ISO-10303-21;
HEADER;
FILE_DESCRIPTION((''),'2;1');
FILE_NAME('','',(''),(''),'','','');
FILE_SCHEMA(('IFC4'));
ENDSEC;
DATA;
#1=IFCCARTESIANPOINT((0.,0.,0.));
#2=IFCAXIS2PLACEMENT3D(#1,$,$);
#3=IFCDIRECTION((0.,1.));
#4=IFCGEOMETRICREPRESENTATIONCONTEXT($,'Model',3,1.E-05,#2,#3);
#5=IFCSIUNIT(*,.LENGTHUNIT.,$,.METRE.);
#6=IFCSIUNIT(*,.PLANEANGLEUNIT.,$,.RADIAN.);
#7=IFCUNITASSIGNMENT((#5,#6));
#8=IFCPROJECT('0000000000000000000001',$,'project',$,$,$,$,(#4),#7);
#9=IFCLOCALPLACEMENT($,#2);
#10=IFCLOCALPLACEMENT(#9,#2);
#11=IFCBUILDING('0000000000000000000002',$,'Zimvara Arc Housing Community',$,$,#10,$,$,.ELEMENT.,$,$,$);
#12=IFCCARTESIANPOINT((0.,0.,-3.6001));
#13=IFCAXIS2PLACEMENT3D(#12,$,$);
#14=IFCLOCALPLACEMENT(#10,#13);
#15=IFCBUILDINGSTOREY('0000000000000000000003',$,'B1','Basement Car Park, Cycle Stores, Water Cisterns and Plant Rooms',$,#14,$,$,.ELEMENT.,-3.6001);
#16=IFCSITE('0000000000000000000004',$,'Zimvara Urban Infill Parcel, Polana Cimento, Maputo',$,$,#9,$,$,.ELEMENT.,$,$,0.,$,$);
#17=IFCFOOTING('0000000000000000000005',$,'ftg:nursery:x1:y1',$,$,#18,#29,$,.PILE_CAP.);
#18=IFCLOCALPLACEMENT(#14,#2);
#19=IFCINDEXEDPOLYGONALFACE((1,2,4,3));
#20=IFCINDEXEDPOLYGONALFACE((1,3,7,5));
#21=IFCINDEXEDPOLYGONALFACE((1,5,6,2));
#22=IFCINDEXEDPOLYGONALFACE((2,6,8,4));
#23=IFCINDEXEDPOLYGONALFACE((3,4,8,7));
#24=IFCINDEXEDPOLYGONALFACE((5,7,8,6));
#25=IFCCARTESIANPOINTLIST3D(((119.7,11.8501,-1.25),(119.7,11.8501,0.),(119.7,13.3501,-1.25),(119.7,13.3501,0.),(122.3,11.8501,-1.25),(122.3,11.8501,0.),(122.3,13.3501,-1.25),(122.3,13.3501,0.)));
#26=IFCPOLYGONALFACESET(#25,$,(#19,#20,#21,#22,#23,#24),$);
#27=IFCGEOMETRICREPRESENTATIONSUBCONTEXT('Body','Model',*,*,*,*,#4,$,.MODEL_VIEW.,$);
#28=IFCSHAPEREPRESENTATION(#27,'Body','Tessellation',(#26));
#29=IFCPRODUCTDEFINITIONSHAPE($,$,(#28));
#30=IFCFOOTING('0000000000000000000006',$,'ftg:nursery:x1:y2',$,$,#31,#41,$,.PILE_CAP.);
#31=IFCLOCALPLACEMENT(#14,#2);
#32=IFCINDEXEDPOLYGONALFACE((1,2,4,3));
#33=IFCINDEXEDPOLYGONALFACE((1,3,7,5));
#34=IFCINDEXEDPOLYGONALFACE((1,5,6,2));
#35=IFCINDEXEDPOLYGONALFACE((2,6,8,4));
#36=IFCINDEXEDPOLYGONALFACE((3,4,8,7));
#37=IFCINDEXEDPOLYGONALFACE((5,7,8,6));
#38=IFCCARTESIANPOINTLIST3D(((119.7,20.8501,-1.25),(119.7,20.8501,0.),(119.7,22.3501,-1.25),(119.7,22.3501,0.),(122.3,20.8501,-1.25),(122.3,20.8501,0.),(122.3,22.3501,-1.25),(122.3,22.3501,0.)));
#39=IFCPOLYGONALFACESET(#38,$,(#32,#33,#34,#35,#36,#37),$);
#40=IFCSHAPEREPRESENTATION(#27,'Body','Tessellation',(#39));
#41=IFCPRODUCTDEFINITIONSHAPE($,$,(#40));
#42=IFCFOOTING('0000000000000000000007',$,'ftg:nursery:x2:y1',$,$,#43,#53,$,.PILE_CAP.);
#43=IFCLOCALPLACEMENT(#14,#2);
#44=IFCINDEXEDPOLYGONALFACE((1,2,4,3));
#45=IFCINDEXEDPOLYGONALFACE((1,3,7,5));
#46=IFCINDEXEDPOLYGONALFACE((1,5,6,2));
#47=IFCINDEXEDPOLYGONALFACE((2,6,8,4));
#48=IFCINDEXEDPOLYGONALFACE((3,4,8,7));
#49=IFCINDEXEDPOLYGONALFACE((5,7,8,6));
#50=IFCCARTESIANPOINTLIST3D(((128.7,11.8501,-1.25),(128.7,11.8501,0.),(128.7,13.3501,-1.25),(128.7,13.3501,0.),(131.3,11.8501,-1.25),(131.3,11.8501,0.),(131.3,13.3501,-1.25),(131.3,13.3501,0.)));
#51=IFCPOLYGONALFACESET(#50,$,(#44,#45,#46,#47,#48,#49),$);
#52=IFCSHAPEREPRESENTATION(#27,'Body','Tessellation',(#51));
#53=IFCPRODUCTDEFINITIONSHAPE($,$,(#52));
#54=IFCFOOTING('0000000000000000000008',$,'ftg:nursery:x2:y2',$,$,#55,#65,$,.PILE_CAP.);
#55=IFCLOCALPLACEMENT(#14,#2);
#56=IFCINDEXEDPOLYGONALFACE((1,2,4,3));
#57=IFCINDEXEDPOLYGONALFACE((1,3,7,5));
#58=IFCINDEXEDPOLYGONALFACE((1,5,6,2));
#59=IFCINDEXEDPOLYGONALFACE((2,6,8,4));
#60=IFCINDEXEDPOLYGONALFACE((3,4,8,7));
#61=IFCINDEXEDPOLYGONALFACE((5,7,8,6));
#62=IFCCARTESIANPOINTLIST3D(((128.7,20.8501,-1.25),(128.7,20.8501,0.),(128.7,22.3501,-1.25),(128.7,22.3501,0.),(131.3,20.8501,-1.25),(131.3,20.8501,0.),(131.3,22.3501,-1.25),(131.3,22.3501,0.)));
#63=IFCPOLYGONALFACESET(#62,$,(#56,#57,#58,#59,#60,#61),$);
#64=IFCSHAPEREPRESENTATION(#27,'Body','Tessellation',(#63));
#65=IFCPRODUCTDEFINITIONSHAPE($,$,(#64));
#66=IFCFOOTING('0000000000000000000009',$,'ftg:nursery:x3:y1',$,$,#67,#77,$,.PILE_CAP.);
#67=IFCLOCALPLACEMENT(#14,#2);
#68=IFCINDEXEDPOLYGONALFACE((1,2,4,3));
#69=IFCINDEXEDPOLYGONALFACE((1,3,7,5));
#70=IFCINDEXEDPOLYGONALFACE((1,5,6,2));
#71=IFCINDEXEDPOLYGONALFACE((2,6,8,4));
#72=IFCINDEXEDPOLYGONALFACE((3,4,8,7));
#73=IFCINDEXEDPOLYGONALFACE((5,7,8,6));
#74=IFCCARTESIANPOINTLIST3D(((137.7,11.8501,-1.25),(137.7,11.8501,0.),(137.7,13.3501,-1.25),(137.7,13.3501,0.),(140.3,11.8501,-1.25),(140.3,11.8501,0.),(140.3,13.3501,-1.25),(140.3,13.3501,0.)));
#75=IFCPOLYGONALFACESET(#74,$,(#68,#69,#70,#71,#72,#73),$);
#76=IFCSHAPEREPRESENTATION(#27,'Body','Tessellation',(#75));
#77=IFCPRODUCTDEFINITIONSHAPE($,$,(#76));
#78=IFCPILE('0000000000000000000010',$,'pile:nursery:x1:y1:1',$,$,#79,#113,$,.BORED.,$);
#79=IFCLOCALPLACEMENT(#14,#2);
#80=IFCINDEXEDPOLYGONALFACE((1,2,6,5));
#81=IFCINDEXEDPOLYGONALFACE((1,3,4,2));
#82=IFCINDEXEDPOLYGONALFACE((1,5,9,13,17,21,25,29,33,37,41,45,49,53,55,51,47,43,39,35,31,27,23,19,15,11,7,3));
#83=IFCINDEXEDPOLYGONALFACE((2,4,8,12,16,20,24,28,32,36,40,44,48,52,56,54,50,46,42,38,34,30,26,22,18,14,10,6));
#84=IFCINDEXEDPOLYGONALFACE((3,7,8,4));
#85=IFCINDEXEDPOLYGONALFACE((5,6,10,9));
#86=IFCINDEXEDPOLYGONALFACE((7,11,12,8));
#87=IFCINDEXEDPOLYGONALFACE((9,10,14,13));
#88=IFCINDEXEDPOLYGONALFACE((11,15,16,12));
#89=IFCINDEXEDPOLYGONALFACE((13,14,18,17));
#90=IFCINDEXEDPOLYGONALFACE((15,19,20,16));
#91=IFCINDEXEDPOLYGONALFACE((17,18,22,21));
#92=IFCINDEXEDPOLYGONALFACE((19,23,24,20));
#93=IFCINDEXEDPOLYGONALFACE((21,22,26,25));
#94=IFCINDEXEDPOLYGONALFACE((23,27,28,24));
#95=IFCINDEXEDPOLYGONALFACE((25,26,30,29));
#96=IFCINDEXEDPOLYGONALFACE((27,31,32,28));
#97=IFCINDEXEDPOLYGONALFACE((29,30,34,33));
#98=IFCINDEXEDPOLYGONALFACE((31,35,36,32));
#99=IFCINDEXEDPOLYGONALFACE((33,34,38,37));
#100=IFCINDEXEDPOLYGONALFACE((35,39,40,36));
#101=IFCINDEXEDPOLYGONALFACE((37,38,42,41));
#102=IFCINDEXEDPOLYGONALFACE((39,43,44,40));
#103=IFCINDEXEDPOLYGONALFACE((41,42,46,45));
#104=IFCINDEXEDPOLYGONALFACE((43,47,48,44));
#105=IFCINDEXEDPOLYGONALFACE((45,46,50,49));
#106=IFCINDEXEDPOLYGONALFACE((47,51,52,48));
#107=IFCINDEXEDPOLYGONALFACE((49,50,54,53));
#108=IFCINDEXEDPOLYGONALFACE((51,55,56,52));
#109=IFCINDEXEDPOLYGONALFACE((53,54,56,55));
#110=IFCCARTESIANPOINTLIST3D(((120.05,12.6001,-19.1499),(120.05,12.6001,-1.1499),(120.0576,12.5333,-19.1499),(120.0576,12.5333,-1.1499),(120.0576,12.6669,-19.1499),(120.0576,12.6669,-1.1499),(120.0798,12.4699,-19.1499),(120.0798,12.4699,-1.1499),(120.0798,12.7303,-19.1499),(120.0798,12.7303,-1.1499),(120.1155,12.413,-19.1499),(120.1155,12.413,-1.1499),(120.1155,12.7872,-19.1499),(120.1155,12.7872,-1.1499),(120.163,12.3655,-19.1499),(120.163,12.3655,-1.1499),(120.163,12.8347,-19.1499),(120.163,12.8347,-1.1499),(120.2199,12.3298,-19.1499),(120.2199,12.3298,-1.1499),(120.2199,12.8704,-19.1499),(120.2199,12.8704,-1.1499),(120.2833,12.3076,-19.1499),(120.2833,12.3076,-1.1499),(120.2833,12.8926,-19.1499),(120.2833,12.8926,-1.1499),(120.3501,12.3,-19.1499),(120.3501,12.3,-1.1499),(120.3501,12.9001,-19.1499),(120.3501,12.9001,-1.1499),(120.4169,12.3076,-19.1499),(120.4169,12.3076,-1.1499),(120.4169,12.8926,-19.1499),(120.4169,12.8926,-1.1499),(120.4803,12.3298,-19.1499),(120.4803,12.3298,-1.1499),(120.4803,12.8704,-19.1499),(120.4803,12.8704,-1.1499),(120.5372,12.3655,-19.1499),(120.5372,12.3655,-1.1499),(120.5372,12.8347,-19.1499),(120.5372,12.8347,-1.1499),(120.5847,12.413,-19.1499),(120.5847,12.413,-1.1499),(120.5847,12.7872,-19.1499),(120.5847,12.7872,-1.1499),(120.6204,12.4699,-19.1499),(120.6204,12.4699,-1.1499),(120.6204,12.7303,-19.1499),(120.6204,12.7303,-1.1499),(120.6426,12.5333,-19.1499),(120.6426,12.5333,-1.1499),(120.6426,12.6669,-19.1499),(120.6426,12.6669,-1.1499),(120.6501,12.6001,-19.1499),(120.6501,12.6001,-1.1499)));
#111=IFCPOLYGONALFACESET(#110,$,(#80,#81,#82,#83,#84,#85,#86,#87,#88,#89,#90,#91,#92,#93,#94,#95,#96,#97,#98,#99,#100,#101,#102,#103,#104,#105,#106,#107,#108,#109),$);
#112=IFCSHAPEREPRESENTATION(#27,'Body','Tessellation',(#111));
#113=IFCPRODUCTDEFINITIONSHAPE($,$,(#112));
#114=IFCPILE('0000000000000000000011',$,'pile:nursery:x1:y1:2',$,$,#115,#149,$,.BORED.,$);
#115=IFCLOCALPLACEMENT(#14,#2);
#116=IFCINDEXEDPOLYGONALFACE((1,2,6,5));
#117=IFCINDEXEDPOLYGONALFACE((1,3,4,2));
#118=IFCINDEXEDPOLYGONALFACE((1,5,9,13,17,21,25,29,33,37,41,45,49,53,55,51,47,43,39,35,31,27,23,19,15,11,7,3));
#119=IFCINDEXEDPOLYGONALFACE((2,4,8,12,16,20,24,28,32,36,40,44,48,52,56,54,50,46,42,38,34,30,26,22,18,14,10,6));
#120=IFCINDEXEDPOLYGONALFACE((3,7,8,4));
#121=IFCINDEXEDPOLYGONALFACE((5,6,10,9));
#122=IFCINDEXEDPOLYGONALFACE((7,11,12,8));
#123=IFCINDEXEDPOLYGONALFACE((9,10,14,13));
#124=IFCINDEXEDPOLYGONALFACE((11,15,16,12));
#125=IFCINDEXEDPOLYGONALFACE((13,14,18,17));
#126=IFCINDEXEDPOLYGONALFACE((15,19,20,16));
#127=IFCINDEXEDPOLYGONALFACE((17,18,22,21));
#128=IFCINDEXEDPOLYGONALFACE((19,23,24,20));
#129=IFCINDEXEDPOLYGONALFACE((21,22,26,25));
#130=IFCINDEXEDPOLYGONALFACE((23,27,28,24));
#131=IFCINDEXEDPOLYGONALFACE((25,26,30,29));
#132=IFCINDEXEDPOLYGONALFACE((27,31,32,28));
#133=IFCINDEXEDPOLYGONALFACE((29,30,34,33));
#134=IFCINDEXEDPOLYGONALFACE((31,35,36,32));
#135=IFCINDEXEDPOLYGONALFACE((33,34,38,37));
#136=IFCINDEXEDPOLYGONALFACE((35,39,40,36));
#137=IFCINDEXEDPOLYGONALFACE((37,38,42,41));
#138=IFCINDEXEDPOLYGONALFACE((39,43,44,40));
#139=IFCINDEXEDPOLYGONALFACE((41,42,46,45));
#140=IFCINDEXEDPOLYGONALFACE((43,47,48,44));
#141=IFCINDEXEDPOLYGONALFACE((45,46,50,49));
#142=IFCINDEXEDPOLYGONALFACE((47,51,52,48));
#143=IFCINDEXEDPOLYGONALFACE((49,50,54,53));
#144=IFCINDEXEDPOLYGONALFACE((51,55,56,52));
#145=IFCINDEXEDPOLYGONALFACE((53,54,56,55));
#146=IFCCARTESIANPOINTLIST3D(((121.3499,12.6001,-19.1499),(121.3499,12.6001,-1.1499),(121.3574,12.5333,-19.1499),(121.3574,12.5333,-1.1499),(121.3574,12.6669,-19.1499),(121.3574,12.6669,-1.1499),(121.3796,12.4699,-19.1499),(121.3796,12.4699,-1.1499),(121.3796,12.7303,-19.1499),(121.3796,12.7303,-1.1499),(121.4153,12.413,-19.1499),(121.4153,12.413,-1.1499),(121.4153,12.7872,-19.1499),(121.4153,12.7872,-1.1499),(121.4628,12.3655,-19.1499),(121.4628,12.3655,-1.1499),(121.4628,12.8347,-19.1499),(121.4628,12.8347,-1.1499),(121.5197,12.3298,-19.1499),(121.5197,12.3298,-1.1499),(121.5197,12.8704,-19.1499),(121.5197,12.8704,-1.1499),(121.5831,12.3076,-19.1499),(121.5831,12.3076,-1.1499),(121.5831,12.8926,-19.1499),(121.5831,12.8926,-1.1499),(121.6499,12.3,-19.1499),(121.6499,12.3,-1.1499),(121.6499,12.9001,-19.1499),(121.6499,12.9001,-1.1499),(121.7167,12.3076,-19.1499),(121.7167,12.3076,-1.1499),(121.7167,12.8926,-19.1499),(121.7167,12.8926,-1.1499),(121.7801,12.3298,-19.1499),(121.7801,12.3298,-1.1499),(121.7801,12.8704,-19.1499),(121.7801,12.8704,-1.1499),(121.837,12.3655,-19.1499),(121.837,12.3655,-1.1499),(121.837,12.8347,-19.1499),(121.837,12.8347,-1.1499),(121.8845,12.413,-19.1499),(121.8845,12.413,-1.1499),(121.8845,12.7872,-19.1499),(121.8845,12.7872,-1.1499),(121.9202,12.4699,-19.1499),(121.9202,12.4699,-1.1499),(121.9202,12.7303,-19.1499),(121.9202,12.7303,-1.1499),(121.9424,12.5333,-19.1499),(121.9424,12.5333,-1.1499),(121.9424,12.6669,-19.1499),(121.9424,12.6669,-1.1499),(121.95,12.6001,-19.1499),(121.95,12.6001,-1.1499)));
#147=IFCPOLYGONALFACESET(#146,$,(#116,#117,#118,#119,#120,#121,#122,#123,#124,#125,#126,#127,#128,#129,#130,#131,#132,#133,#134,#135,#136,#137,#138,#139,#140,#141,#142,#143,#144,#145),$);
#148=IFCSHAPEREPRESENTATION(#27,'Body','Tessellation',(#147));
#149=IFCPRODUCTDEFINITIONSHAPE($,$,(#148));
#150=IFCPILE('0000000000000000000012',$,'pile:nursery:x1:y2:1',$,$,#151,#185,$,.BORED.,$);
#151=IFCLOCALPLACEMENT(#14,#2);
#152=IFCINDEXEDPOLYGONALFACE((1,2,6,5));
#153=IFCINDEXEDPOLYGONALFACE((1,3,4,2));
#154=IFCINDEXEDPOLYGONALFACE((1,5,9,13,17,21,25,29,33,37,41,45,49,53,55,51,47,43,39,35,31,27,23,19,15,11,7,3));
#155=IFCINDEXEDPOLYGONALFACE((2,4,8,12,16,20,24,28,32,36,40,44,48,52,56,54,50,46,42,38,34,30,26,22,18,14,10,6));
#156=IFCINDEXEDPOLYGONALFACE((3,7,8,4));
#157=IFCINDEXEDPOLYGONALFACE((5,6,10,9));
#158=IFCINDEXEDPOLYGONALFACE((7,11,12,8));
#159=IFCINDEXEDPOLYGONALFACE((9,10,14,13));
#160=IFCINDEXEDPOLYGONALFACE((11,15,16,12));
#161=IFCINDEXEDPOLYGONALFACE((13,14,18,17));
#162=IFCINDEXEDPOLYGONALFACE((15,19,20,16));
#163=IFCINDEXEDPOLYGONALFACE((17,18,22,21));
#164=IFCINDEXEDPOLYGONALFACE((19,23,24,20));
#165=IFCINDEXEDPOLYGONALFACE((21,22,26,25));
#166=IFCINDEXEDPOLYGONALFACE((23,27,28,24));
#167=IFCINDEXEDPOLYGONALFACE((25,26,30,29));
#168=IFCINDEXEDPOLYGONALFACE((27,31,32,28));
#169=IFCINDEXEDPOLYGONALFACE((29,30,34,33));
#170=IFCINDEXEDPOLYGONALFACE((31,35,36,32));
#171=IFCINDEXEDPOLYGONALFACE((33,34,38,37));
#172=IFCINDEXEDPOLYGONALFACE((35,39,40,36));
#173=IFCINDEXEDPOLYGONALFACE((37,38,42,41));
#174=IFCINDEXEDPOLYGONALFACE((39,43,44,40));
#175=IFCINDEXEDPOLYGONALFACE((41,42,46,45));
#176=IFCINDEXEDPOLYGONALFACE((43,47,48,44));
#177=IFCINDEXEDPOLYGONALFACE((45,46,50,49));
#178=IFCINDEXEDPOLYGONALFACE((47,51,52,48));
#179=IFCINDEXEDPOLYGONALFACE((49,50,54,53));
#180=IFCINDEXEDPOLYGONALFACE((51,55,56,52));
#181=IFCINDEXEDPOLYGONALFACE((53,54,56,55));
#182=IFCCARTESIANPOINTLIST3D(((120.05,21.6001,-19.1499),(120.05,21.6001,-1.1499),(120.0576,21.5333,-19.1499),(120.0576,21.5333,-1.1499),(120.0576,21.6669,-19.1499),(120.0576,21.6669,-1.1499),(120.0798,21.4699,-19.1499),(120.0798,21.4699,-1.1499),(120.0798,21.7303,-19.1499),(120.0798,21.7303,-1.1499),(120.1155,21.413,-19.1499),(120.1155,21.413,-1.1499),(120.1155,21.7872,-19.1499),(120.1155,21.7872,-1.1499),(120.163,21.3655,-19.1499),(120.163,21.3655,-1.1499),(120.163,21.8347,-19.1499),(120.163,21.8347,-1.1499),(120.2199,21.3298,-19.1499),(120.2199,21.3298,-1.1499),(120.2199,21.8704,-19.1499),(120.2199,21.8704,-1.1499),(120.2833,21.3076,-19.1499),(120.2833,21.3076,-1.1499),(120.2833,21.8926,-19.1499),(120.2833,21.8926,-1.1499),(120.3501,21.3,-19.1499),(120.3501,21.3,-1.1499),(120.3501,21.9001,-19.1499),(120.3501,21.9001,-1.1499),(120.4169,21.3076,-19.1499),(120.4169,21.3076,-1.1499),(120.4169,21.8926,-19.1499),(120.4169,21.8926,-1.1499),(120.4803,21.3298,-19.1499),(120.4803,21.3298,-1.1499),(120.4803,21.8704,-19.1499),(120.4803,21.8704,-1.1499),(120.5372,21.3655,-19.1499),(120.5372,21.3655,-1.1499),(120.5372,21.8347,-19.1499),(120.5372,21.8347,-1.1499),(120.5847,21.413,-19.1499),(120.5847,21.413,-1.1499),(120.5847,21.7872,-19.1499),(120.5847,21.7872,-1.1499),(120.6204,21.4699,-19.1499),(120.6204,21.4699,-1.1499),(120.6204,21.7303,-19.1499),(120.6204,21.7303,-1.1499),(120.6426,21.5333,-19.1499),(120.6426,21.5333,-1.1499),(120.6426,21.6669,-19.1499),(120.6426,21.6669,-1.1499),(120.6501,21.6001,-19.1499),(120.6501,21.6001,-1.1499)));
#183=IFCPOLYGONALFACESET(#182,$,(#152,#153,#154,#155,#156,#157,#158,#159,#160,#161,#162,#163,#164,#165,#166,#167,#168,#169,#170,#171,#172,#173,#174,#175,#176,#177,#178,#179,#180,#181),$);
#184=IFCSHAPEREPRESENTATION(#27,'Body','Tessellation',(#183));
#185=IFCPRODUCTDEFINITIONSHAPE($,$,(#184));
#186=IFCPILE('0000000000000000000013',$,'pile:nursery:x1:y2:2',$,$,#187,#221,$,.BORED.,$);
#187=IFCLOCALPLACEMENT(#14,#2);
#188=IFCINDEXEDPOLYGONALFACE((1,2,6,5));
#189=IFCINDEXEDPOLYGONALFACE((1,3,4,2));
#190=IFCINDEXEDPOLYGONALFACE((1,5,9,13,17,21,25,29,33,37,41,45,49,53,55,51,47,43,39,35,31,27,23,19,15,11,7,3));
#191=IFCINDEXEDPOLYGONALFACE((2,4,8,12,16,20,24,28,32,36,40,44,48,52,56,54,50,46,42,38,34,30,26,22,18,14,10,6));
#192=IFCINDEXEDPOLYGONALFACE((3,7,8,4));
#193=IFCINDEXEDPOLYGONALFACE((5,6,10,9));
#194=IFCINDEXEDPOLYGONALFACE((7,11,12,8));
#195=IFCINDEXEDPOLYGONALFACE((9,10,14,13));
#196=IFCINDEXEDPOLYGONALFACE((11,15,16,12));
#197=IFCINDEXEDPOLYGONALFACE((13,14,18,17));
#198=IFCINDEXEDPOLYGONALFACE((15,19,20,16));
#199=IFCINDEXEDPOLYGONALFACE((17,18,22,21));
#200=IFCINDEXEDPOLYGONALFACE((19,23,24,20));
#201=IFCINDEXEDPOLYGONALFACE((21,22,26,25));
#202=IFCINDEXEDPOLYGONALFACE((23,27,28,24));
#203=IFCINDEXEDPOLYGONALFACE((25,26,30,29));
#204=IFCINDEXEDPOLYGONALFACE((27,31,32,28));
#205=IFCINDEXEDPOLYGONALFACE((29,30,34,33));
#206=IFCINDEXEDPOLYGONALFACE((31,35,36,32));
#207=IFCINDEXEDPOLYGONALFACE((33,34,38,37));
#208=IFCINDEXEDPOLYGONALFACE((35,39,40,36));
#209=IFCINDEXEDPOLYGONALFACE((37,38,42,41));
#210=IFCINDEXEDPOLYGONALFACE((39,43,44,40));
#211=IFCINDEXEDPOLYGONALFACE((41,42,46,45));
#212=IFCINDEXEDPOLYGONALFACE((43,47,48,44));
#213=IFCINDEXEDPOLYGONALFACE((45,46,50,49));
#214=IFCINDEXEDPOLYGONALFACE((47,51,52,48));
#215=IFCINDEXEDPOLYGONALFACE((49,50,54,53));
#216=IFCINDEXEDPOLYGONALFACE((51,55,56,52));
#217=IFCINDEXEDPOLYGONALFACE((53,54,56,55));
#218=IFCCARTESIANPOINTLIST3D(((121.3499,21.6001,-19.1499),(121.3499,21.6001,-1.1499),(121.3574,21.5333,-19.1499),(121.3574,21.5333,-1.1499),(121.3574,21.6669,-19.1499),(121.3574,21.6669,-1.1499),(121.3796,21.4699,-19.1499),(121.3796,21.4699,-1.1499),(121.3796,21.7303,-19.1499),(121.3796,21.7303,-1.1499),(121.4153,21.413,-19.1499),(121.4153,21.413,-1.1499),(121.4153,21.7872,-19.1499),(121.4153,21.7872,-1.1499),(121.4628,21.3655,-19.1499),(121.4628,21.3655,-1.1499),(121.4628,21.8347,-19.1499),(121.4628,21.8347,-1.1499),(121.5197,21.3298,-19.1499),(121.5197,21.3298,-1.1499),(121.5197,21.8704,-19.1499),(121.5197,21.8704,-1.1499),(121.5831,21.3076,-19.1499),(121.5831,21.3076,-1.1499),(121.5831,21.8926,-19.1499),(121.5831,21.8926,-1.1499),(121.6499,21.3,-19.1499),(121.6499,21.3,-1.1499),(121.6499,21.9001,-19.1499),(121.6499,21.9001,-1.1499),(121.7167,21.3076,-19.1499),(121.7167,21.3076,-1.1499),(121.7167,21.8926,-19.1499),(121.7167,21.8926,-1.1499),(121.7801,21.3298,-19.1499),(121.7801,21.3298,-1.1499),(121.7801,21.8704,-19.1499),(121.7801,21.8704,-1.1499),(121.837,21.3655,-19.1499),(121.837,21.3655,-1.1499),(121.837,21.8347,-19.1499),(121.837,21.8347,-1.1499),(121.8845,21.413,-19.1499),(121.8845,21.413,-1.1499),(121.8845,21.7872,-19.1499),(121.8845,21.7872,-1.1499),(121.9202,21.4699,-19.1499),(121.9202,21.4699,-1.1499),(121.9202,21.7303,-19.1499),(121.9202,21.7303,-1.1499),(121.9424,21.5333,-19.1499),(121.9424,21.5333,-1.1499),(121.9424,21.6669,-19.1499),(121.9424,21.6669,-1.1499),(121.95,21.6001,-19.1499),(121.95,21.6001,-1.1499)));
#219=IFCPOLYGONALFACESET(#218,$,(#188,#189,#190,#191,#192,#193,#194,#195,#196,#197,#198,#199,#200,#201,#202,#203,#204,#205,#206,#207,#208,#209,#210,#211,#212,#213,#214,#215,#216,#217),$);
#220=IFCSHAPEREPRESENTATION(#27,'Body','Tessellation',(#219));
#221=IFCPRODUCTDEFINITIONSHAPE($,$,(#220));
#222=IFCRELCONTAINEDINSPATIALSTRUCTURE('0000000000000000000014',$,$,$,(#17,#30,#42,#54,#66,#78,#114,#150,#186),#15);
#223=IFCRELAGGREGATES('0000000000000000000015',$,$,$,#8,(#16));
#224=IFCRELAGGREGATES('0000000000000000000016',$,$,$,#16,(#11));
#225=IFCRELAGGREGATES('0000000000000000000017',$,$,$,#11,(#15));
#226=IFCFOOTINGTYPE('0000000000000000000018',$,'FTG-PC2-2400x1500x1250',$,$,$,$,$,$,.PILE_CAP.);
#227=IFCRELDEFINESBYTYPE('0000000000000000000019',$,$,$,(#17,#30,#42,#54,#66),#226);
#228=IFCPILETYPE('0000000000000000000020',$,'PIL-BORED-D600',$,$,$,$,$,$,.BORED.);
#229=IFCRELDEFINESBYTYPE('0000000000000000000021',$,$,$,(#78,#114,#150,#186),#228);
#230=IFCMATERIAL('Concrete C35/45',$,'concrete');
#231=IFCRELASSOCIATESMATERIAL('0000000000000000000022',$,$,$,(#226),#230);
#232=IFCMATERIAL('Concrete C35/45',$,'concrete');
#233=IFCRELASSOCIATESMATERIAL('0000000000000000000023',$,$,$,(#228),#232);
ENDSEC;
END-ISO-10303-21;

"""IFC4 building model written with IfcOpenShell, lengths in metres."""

from ifc_helpers import new_model, si_unit, direction, frame, origin, origin_2d, place, context, subcontext, project, spatial, rectangle, circle, extrude, material, material_profile, profile_set, type_object, element, save


model = new_model("IFC4")

# Units and contexts
model_context = context("Model", 3, precision=1e-05, world=origin(), true_north=direction((0.0, 1.0)))
body_context = subcontext(model_context, "Body", "Model", "MODEL_VIEW")
ifc_project = project(units=[si_unit("LENGTHUNIT", "METRE"), si_unit("PLANEANGLEUNIT", "RADIAN")], contexts=[model_context])

# Site, building, storey
site_placement = place(None, origin())
site = spatial("IfcSite", under=ifc_project, at=site_placement, Name="Zimvara Urban Infill Parcel, Polana Cimento, Maputo", CompositionType="ELEMENT", RefElevation=0.0)
building_placement = place(site_placement, origin())
building = spatial("IfcBuilding", under=site, at=building_placement, Name="Zimvara Arc Housing Community", CompositionType="ELEMENT")
storey_placement = place(building_placement, frame((0.0, 0.0, -3.6001)))
storey = spatial("IfcBuildingStorey", under=building, at=storey_placement, Name="B1", Description="Basement Car Park, Cycle Stores, Water Cisterns and Plant Rooms", CompositionType="ELEMENT", Elevation=-3.6001)

# Footings
ifc_material_1 = material(Name="Concrete C35/45", Category="concrete")
footing_type = type_object("IfcFootingType", Name="FTG-PC2-2400x1500x1250", PredefinedType="PILE_CAP", material=ifc_material_1)
for number, where, z_axis, x_axis, name in (
    (1, (121.0, 12.6001, -1.25), (0.0, 0.0, 1.0), (1.0, 0.0, 0.0), "ftg:nursery:x1:y1"),
    (2, (121.0, 21.6001, -1.25), (0.0, 0.0, 1.0), (1.0, 0.0, 0.0), "ftg:nursery:x1:y2"),
    (3, (130.0, 12.6001, -1.25), (0.0, 0.0, 1.0), (1.0, 0.0, 0.0), "ftg:nursery:x2:y1"),
    (4, (130.0, 21.6001, -1.25), (0.0, 0.0, 1.0), (1.0, 0.0, 0.0), "ftg:nursery:x2:y2"),
    (5, (139.0, 12.6001, -1.25), (0.0, 0.0, 1.0), (1.0, 0.0, 0.0), "ftg:nursery:x3:y1"),
):
    element("IfcFooting", number, at=place(storey_placement, frame(where, z_axis=z_axis, x_axis=x_axis)), inside=storey, type_object=footing_type, Name=name, PredefinedType="PILE_CAP", context=body_context, shape_type="SweptSolid", body=[
        extrude(rectangle(XDim=2.6001, YDim=1.5, at=origin_2d()), origin(), (0.0, 0.0, 1.0), 1.25),
    ])

# Piles
ifc_material_2 = material(Name="Concrete C35/45", Category="concrete")
ifc_material_profile_1 = material_profile(ifc_material_2, circle(Radius=0.3, at=origin_2d()), Name="PILE D600")
ifc_profile_set_1 = profile_set([ifc_material_profile_1], Name="Concrete C35/45")
pile_type = type_object("IfcPileType", Name="PIL-BORED-D600", PredefinedType="BORED", material=ifc_profile_set_1)
for number, where, z_axis, x_axis, name in (
    (6, (120.3501, 12.6001, -1.1499), (0.0, 0.0, -1.0), (1.0, 0.0, 0.0), "pile:nursery:x1:y1:1"),
    (7, (121.6499, 12.6001, -1.1499), (0.0, 0.0, -1.0), (1.0, 0.0, 0.0), "pile:nursery:x1:y1:2"),
    (8, (120.3501, 21.6001, -1.1499), (0.0, 0.0, -1.0), (1.0, 0.0, 0.0), "pile:nursery:x1:y2:1"),
    (9, (121.6499, 21.6001, -1.1499), (0.0, 0.0, -1.0), (1.0, 0.0, 0.0), "pile:nursery:x1:y2:2"),
):
    element("IfcPile", number, at=place(storey_placement, frame(where, z_axis=z_axis, x_axis=x_axis)), inside=storey, type_object=pile_type, Name=name, PredefinedType="BORED", context=body_context, shape_type="SweptSolid", body=[
        extrude(circle(Radius=0.3, at=origin_2d()), origin(), (0.0, 0.0, 1.0), 18.0),
    ])

save(model, "model.ifc")
